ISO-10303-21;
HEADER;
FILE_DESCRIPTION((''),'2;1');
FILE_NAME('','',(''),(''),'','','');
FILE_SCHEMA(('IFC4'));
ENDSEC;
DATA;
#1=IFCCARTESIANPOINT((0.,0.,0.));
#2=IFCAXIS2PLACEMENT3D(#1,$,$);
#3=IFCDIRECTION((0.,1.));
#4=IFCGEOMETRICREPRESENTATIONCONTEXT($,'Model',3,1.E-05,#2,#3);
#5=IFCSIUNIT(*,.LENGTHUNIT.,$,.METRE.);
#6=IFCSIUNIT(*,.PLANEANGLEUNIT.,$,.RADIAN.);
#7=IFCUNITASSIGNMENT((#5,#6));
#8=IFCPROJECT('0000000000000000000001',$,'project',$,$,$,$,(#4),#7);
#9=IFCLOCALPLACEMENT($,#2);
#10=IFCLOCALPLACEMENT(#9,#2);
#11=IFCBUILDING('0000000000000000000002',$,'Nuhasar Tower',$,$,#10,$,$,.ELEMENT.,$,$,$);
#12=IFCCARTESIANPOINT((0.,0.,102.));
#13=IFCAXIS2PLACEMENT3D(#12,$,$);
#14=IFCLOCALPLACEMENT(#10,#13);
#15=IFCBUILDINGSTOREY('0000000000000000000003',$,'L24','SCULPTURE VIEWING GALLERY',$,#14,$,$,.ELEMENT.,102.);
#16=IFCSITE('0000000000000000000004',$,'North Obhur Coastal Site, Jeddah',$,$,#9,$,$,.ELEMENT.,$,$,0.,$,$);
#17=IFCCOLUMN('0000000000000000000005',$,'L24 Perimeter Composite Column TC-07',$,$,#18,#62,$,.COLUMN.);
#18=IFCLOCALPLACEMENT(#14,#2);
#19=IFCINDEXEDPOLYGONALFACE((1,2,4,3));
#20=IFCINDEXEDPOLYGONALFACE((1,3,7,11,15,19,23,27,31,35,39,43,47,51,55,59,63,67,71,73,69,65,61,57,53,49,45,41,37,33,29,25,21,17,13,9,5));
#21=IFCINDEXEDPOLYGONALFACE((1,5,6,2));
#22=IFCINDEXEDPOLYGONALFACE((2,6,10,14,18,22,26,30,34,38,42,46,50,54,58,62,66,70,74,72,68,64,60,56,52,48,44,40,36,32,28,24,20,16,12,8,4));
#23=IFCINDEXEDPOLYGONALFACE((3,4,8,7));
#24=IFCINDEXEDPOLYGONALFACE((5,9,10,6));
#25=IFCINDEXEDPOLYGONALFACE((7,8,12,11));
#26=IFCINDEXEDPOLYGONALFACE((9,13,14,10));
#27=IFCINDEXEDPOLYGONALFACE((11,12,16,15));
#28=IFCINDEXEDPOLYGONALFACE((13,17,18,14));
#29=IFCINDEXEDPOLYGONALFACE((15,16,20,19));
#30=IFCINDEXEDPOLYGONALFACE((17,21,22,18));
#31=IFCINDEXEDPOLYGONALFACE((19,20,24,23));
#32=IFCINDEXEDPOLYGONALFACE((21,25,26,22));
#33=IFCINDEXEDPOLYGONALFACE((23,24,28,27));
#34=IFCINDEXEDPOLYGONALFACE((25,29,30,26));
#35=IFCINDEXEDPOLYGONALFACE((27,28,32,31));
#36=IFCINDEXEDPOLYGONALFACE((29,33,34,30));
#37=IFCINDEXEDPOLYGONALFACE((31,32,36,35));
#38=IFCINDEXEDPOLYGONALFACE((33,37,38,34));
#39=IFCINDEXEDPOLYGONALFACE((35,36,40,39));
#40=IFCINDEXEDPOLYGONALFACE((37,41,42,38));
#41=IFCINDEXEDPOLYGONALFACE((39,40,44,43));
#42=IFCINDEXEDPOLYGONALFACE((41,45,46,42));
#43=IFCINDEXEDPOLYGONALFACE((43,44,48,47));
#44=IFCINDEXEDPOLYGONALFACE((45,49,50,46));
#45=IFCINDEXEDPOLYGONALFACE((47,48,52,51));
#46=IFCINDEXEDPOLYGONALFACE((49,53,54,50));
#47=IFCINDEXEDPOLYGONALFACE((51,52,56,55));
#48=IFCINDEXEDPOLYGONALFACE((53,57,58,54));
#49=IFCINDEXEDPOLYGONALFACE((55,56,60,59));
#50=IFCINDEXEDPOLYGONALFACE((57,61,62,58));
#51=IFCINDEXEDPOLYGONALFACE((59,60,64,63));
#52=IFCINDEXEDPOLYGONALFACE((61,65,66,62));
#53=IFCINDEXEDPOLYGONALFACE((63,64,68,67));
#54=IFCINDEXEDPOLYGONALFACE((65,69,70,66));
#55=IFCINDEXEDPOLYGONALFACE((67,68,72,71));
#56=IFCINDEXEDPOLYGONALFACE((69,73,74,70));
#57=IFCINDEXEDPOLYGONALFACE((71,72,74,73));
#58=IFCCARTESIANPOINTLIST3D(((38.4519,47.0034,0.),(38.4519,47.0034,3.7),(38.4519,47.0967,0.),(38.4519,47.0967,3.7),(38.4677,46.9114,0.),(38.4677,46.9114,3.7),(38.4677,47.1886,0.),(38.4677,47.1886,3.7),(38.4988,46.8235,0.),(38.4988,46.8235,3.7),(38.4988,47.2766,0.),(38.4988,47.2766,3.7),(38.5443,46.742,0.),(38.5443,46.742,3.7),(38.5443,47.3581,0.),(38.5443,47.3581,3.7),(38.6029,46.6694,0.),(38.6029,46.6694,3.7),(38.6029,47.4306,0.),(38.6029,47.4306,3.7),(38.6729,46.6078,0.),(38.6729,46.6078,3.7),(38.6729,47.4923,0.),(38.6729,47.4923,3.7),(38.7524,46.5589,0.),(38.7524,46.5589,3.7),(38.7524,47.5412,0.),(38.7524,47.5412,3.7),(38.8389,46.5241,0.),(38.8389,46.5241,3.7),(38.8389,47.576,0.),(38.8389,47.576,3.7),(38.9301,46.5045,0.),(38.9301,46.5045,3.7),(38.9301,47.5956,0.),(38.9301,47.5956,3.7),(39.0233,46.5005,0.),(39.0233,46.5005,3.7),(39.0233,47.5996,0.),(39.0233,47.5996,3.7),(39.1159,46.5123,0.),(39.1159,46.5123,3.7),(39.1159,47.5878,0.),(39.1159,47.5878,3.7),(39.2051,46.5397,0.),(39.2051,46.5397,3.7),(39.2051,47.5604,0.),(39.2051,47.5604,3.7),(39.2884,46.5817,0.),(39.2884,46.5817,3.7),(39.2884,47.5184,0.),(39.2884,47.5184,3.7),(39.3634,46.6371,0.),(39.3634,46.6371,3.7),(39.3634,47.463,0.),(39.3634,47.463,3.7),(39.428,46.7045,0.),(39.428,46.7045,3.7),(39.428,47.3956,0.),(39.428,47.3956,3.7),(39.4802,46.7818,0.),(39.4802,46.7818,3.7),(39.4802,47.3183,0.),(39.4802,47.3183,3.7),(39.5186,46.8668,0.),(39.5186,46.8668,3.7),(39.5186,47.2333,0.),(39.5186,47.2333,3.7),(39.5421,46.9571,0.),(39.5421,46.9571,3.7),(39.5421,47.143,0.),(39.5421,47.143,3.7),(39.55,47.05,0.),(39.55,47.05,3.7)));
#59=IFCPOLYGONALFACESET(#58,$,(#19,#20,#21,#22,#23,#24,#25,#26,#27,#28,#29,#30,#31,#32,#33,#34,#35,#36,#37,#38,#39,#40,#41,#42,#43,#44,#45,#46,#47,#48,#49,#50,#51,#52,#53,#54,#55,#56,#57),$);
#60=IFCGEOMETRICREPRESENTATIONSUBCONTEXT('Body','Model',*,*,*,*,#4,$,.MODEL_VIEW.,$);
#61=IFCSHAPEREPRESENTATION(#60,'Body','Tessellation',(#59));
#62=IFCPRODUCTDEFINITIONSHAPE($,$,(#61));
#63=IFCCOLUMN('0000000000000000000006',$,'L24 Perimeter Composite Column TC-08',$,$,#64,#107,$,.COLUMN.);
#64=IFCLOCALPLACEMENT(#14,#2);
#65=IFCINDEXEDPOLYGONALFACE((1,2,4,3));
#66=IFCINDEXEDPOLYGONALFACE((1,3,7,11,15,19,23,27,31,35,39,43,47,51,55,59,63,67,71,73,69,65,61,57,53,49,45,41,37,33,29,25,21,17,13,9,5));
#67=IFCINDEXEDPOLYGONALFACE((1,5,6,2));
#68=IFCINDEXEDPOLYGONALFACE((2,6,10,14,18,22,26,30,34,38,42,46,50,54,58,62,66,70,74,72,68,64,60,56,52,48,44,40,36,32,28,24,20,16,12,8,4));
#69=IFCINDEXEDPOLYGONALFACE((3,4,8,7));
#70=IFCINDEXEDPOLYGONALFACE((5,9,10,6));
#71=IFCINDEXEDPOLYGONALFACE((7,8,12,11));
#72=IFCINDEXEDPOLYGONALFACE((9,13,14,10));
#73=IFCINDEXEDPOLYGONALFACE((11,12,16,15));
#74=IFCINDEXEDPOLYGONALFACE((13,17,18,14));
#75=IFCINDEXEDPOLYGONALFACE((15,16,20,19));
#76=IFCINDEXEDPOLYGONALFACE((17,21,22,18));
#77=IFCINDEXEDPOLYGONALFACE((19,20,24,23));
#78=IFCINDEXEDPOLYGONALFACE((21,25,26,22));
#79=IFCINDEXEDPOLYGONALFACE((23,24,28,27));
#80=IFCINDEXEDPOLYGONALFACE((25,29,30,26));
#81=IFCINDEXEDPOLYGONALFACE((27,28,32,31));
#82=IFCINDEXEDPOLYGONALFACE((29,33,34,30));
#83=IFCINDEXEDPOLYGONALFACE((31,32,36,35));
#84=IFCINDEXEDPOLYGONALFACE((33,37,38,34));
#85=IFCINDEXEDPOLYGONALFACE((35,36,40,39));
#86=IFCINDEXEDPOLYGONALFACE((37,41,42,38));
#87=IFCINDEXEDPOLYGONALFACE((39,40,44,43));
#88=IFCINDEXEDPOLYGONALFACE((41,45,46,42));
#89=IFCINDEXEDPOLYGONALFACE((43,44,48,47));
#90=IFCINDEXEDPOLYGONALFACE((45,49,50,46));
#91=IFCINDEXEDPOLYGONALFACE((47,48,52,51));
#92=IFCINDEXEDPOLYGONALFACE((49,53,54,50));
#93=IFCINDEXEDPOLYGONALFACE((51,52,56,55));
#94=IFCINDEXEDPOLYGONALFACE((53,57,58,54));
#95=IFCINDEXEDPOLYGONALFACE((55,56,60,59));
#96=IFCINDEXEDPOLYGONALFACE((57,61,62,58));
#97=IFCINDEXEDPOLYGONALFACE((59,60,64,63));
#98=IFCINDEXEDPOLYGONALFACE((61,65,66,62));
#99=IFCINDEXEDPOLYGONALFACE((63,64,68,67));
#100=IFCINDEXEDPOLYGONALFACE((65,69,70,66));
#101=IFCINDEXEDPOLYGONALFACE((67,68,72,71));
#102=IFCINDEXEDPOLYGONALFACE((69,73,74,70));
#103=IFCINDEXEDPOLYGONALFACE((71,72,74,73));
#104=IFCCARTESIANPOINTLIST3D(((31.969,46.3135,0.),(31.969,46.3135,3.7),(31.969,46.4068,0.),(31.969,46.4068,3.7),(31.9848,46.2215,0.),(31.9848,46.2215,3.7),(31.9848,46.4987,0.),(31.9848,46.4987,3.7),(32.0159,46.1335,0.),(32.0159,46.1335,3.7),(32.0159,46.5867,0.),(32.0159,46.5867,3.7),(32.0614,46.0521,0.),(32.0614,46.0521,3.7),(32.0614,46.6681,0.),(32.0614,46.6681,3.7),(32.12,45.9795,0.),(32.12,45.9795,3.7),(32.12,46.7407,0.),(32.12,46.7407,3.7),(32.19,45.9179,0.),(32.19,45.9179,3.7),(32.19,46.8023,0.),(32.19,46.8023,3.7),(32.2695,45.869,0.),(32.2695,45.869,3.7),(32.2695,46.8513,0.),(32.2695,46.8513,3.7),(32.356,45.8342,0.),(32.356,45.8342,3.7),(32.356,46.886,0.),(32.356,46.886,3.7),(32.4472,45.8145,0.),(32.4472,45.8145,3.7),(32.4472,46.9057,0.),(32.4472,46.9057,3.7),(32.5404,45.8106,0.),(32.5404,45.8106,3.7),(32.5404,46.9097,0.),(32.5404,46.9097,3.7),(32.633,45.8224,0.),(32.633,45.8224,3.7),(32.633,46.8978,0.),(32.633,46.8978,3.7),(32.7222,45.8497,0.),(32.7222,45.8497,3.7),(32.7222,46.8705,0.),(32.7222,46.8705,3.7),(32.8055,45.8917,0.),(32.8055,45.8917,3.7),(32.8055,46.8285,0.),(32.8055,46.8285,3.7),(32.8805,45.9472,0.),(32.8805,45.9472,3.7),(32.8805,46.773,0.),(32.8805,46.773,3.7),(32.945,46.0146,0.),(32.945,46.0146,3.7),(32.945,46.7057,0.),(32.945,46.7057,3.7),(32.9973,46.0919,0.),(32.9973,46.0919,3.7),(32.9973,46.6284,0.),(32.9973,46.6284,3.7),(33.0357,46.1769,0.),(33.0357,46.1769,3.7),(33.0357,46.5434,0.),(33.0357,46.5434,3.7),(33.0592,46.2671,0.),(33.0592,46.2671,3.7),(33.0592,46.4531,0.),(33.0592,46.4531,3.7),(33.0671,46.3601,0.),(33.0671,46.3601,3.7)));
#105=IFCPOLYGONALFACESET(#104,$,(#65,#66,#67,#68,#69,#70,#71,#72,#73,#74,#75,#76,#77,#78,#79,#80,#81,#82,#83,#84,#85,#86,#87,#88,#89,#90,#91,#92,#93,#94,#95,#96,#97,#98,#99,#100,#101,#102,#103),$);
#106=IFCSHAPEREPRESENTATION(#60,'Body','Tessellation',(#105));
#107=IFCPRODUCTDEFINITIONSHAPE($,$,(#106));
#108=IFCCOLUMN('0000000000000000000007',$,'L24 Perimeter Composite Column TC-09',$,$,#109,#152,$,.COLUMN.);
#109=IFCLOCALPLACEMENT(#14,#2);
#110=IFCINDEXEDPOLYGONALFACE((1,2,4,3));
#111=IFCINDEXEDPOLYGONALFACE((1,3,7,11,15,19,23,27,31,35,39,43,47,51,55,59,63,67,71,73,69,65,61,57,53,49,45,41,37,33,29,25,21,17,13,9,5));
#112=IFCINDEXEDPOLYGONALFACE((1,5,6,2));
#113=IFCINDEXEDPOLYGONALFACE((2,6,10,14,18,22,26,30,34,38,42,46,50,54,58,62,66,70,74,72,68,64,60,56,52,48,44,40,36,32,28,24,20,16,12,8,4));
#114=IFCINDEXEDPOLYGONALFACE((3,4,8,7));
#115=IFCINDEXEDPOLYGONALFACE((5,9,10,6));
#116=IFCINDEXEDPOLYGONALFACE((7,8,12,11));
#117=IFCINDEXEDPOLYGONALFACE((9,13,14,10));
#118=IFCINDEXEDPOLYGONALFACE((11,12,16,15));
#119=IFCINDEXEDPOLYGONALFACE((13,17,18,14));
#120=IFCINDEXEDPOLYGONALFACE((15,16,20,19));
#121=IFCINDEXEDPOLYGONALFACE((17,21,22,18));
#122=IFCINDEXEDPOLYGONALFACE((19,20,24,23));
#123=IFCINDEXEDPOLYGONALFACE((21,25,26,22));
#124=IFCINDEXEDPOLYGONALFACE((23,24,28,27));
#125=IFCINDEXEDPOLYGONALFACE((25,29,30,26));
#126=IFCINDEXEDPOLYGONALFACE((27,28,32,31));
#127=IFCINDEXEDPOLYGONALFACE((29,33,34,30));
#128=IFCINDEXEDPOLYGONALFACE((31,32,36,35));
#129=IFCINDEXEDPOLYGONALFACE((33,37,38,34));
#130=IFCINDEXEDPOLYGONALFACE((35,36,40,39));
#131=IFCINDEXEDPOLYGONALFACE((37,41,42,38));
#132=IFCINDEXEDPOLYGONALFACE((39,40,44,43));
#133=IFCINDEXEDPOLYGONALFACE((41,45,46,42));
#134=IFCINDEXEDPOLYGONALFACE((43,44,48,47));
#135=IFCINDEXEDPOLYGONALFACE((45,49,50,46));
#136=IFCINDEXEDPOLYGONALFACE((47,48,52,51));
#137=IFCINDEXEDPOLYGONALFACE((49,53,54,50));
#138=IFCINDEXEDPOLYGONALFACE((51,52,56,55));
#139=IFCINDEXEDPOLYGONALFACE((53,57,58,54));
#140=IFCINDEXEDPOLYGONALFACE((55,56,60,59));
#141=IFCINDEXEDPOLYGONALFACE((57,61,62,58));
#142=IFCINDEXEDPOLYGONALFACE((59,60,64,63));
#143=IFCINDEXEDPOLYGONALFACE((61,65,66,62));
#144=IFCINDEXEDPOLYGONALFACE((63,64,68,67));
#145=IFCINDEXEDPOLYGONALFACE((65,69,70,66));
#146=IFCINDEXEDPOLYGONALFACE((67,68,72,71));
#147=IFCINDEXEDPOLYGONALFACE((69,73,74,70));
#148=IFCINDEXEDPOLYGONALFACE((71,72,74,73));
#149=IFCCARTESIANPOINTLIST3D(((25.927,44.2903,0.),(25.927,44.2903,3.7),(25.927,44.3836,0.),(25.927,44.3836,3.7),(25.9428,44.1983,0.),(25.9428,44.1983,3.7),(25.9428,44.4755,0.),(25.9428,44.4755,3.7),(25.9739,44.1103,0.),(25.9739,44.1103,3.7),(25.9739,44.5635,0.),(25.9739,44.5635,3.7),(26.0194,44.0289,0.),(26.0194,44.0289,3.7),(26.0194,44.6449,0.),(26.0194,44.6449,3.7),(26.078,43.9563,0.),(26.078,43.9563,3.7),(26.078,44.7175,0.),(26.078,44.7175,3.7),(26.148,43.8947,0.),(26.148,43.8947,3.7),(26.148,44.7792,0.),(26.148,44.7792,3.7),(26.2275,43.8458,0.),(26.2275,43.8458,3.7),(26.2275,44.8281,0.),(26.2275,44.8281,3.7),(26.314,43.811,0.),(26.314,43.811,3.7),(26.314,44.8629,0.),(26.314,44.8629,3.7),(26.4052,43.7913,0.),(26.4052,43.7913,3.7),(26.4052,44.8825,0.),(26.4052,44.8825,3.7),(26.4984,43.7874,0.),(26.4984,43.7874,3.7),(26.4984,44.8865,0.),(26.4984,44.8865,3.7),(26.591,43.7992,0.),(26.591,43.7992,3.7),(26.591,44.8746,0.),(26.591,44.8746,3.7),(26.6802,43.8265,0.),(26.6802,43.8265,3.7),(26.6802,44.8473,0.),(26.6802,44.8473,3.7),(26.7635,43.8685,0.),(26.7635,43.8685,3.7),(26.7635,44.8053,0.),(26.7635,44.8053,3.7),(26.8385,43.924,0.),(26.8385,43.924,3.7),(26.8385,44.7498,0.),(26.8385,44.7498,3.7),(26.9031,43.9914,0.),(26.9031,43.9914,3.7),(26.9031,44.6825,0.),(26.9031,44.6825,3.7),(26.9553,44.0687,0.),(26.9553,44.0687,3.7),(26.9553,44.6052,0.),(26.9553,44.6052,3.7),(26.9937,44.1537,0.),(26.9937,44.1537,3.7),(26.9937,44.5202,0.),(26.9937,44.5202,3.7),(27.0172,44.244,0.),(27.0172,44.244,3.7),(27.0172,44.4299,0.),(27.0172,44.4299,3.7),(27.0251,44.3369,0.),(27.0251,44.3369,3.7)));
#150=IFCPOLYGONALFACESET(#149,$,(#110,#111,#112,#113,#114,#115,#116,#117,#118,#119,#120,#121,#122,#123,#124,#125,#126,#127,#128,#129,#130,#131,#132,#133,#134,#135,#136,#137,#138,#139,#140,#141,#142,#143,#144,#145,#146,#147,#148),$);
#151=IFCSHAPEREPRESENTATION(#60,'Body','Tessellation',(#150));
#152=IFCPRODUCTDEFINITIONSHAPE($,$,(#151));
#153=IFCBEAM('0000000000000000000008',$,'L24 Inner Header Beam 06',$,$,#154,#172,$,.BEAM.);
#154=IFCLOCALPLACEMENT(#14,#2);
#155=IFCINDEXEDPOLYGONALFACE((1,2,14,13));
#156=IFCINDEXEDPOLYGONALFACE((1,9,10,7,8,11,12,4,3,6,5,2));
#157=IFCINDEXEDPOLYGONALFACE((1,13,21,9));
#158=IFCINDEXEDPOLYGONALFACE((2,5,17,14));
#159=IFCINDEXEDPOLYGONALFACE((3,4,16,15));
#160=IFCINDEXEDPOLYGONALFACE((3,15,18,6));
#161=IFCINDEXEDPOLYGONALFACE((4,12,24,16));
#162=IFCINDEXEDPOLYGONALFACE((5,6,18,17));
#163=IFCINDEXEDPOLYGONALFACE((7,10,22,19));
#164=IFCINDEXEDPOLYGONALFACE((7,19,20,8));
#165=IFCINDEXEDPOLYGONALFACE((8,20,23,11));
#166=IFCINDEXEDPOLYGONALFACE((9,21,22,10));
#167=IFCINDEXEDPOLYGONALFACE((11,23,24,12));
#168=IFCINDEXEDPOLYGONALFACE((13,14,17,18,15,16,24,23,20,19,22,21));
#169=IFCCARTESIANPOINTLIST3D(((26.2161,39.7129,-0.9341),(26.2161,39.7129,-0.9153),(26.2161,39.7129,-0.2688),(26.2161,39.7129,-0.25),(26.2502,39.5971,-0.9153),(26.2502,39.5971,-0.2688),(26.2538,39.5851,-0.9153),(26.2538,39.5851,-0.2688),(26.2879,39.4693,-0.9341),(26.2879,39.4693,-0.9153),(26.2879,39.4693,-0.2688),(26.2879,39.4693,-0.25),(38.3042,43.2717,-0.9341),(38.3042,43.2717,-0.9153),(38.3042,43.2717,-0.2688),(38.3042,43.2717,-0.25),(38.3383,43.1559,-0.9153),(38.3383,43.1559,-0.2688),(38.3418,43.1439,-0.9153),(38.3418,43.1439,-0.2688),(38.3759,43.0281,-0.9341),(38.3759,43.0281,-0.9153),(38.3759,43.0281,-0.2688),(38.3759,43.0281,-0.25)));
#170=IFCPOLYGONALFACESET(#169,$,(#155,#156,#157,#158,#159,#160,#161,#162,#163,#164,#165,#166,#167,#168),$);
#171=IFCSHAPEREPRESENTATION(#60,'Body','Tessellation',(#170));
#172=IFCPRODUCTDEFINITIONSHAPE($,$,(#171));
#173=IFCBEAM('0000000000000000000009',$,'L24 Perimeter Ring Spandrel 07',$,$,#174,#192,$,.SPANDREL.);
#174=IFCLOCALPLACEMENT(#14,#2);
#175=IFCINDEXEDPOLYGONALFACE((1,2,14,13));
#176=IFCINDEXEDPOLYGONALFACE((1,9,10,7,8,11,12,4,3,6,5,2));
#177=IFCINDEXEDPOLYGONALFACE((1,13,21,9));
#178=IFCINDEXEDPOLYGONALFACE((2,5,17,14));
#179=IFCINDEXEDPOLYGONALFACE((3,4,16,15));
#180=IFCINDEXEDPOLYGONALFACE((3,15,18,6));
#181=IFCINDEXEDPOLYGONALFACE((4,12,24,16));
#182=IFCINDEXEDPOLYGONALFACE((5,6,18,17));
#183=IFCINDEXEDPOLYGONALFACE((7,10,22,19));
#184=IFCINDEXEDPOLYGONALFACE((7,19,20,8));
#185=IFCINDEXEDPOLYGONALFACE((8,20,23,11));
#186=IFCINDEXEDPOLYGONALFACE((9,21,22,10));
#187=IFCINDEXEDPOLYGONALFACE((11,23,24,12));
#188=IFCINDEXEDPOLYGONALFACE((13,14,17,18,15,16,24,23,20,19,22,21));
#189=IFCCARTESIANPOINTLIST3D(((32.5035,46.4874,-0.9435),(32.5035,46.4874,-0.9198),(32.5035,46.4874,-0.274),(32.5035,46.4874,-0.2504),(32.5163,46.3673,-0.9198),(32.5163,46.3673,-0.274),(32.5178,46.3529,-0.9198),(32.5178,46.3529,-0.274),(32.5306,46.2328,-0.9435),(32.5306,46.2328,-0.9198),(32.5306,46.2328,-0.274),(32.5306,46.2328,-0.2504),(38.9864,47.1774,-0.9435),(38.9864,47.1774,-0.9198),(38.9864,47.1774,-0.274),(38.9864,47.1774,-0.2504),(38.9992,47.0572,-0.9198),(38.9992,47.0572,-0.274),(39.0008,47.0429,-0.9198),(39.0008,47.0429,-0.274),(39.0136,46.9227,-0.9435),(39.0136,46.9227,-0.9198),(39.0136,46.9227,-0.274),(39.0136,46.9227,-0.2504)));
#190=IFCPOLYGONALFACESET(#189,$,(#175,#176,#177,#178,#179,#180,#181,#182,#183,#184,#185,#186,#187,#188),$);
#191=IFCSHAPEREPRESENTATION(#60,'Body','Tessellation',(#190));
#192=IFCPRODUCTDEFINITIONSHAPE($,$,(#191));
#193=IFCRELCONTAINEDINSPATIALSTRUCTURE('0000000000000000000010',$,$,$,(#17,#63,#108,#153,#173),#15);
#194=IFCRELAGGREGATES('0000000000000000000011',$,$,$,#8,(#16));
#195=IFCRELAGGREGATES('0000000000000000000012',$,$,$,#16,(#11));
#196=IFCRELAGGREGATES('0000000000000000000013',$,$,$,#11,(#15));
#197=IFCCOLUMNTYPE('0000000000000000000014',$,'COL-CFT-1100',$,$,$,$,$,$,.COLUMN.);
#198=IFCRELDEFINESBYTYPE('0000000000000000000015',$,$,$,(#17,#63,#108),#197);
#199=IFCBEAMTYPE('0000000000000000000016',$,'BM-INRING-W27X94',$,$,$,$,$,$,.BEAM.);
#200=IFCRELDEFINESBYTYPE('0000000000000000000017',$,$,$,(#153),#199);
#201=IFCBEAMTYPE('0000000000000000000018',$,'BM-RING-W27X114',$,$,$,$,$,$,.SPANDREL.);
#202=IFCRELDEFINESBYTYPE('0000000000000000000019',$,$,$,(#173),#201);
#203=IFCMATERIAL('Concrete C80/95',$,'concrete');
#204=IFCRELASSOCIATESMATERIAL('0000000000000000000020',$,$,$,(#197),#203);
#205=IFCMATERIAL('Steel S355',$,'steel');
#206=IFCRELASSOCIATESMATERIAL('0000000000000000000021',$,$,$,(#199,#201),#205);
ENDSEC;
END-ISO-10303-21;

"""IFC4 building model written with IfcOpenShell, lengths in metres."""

from ifc_helpers import new_model, si_unit, direction, frame, origin, origin_2d, place, context, subcontext, project, spatial, circle, i_section, extrude, material, material_profile, profile_set, type_object, element, save


model = new_model("IFC4")

# Units and contexts
model_context = context("Model", 3, precision=1e-05, world=origin(), true_north=direction((0.0, 1.0)))
body_context = subcontext(model_context, "Body", "Model", "MODEL_VIEW")
ifc_project = project(units=[si_unit("LENGTHUNIT", "METRE"), si_unit("PLANEANGLEUNIT", "RADIAN")], contexts=[model_context])

# Site, building, storey
site_placement = place(None, origin())
site = spatial("IfcSite", under=ifc_project, at=site_placement, Name="North Obhur Coastal Site, Jeddah", CompositionType="ELEMENT", RefElevation=0.0)
building_placement = place(site_placement, origin())
building = spatial("IfcBuilding", under=site, at=building_placement, Name="Nuhasar Tower", CompositionType="ELEMENT")
storey_placement = place(building_placement, frame((0.0, 0.0, 102.0)))
storey = spatial("IfcBuildingStorey", under=building, at=storey_placement, Name="L24", Description="SCULPTURE VIEWING GALLERY", CompositionType="ELEMENT", Elevation=102.0)

# Columns
ifc_material_1 = material(Name="Concrete C80/95", Category="concrete")
ifc_material_profile_1 = material_profile(ifc_material_1, circle(Radius=0.55, at=origin_2d()), Name="CFT1100")
ifc_profile_set_1 = profile_set([ifc_material_profile_1], Name="Concrete C80/95")
column_type = type_object("IfcColumnType", Name="COL-CFT-1100", PredefinedType="COLUMN", material=ifc_profile_set_1)
for number, where, z_axis, x_axis, name in (
    (1, (39.0, 47.05, 0.0), (0.0, 0.0, 1.0), (1.0, 0.0, 0.0), "L24 Perimeter Composite Column TC-07"),
    (2, (32.5171, 46.3601, 0.0), (0.0, 0.0, 1.0), (1.0, 0.0, 0.0), "L24 Perimeter Composite Column TC-08"),
    (3, (26.4751, 44.3369, 0.0), (0.0, 0.0, 1.0), (1.0, 0.0, 0.0), "L24 Perimeter Composite Column TC-09"),
):
    element("IfcColumn", number, at=place(storey_placement, frame(where, z_axis=z_axis, x_axis=x_axis)), inside=storey, type_object=column_type, Name=name, PredefinedType="COLUMN", context=body_context, shape_type="SweptSolid", body=[
        extrude(circle(Radius=0.55, at=origin_2d()), origin(), (0.0, 0.0, 1.0), 3.7),
    ])

# Beams
ifc_material_2 = material(Name="Steel S355", Category="steel")
ifc_material_profile_2 = material_profile(ifc_material_2, i_section(OverallWidth=0.2539, OverallDepth=0.6841, WebThickness=0.0125, FlangeThickness=0.0188, at=origin_2d()), Name="W27X94")
ifc_profile_set_2 = profile_set([ifc_material_profile_2], Name="Steel S355")
beam_type_1 = type_object("IfcBeamType", Name="BM-INRING-W27X94", PredefinedType="BEAM", material=ifc_profile_set_2)
beam_1_placement = place(storey_placement, frame((38.3401, 43.1499, -0.592), z_axis=(-0.95929, -0.282422, 0.0), x_axis=(0.282422, -0.95929, 0.0)))
element("IfcBeam", 4, at=beam_1_placement, inside=storey, type_object=beam_type_1, Name="L24 Inner Header Beam 06", PredefinedType="BEAM", context=body_context, shape_type="SweptSolid", body=[
    extrude(i_section(OverallWidth=0.2539, OverallDepth=0.6841, WebThickness=0.0125, FlangeThickness=0.0188, at=origin_2d()), origin(), (0.0, 0.0, 1.0), 12.6011),
])
ifc_material_profile_3 = material_profile(ifc_material_2, i_section(OverallWidth=0.2561, OverallDepth=0.6931, WebThickness=0.0144, FlangeThickness=0.0237, at=origin_2d()), Name="W27X114")
ifc_profile_set_3 = profile_set([ifc_material_profile_3], Name="Steel S355")
beam_type_2 = type_object("IfcBeamType", Name="BM-RING-W27X114", PredefinedType="SPANDREL", material=ifc_profile_set_3)
beam_2_placement = place(storey_placement, frame((39.0, 47.05, -0.5969), z_axis=(-0.994385, -0.105827, 0.0), x_axis=(0.105827, -0.994385, 0.0)))
element("IfcBeam", 5, at=beam_2_placement, inside=storey, type_object=beam_type_2, Name="L24 Perimeter Ring Spandrel 07", PredefinedType="SPANDREL", context=body_context, shape_type="SweptSolid", body=[
    extrude(i_section(OverallWidth=0.2561, OverallDepth=0.6931, WebThickness=0.0144, FlangeThickness=0.0237, at=origin_2d()), origin(), (0.0, 0.0, 1.0), 6.5195),
])

save(model, "model.ifc")
